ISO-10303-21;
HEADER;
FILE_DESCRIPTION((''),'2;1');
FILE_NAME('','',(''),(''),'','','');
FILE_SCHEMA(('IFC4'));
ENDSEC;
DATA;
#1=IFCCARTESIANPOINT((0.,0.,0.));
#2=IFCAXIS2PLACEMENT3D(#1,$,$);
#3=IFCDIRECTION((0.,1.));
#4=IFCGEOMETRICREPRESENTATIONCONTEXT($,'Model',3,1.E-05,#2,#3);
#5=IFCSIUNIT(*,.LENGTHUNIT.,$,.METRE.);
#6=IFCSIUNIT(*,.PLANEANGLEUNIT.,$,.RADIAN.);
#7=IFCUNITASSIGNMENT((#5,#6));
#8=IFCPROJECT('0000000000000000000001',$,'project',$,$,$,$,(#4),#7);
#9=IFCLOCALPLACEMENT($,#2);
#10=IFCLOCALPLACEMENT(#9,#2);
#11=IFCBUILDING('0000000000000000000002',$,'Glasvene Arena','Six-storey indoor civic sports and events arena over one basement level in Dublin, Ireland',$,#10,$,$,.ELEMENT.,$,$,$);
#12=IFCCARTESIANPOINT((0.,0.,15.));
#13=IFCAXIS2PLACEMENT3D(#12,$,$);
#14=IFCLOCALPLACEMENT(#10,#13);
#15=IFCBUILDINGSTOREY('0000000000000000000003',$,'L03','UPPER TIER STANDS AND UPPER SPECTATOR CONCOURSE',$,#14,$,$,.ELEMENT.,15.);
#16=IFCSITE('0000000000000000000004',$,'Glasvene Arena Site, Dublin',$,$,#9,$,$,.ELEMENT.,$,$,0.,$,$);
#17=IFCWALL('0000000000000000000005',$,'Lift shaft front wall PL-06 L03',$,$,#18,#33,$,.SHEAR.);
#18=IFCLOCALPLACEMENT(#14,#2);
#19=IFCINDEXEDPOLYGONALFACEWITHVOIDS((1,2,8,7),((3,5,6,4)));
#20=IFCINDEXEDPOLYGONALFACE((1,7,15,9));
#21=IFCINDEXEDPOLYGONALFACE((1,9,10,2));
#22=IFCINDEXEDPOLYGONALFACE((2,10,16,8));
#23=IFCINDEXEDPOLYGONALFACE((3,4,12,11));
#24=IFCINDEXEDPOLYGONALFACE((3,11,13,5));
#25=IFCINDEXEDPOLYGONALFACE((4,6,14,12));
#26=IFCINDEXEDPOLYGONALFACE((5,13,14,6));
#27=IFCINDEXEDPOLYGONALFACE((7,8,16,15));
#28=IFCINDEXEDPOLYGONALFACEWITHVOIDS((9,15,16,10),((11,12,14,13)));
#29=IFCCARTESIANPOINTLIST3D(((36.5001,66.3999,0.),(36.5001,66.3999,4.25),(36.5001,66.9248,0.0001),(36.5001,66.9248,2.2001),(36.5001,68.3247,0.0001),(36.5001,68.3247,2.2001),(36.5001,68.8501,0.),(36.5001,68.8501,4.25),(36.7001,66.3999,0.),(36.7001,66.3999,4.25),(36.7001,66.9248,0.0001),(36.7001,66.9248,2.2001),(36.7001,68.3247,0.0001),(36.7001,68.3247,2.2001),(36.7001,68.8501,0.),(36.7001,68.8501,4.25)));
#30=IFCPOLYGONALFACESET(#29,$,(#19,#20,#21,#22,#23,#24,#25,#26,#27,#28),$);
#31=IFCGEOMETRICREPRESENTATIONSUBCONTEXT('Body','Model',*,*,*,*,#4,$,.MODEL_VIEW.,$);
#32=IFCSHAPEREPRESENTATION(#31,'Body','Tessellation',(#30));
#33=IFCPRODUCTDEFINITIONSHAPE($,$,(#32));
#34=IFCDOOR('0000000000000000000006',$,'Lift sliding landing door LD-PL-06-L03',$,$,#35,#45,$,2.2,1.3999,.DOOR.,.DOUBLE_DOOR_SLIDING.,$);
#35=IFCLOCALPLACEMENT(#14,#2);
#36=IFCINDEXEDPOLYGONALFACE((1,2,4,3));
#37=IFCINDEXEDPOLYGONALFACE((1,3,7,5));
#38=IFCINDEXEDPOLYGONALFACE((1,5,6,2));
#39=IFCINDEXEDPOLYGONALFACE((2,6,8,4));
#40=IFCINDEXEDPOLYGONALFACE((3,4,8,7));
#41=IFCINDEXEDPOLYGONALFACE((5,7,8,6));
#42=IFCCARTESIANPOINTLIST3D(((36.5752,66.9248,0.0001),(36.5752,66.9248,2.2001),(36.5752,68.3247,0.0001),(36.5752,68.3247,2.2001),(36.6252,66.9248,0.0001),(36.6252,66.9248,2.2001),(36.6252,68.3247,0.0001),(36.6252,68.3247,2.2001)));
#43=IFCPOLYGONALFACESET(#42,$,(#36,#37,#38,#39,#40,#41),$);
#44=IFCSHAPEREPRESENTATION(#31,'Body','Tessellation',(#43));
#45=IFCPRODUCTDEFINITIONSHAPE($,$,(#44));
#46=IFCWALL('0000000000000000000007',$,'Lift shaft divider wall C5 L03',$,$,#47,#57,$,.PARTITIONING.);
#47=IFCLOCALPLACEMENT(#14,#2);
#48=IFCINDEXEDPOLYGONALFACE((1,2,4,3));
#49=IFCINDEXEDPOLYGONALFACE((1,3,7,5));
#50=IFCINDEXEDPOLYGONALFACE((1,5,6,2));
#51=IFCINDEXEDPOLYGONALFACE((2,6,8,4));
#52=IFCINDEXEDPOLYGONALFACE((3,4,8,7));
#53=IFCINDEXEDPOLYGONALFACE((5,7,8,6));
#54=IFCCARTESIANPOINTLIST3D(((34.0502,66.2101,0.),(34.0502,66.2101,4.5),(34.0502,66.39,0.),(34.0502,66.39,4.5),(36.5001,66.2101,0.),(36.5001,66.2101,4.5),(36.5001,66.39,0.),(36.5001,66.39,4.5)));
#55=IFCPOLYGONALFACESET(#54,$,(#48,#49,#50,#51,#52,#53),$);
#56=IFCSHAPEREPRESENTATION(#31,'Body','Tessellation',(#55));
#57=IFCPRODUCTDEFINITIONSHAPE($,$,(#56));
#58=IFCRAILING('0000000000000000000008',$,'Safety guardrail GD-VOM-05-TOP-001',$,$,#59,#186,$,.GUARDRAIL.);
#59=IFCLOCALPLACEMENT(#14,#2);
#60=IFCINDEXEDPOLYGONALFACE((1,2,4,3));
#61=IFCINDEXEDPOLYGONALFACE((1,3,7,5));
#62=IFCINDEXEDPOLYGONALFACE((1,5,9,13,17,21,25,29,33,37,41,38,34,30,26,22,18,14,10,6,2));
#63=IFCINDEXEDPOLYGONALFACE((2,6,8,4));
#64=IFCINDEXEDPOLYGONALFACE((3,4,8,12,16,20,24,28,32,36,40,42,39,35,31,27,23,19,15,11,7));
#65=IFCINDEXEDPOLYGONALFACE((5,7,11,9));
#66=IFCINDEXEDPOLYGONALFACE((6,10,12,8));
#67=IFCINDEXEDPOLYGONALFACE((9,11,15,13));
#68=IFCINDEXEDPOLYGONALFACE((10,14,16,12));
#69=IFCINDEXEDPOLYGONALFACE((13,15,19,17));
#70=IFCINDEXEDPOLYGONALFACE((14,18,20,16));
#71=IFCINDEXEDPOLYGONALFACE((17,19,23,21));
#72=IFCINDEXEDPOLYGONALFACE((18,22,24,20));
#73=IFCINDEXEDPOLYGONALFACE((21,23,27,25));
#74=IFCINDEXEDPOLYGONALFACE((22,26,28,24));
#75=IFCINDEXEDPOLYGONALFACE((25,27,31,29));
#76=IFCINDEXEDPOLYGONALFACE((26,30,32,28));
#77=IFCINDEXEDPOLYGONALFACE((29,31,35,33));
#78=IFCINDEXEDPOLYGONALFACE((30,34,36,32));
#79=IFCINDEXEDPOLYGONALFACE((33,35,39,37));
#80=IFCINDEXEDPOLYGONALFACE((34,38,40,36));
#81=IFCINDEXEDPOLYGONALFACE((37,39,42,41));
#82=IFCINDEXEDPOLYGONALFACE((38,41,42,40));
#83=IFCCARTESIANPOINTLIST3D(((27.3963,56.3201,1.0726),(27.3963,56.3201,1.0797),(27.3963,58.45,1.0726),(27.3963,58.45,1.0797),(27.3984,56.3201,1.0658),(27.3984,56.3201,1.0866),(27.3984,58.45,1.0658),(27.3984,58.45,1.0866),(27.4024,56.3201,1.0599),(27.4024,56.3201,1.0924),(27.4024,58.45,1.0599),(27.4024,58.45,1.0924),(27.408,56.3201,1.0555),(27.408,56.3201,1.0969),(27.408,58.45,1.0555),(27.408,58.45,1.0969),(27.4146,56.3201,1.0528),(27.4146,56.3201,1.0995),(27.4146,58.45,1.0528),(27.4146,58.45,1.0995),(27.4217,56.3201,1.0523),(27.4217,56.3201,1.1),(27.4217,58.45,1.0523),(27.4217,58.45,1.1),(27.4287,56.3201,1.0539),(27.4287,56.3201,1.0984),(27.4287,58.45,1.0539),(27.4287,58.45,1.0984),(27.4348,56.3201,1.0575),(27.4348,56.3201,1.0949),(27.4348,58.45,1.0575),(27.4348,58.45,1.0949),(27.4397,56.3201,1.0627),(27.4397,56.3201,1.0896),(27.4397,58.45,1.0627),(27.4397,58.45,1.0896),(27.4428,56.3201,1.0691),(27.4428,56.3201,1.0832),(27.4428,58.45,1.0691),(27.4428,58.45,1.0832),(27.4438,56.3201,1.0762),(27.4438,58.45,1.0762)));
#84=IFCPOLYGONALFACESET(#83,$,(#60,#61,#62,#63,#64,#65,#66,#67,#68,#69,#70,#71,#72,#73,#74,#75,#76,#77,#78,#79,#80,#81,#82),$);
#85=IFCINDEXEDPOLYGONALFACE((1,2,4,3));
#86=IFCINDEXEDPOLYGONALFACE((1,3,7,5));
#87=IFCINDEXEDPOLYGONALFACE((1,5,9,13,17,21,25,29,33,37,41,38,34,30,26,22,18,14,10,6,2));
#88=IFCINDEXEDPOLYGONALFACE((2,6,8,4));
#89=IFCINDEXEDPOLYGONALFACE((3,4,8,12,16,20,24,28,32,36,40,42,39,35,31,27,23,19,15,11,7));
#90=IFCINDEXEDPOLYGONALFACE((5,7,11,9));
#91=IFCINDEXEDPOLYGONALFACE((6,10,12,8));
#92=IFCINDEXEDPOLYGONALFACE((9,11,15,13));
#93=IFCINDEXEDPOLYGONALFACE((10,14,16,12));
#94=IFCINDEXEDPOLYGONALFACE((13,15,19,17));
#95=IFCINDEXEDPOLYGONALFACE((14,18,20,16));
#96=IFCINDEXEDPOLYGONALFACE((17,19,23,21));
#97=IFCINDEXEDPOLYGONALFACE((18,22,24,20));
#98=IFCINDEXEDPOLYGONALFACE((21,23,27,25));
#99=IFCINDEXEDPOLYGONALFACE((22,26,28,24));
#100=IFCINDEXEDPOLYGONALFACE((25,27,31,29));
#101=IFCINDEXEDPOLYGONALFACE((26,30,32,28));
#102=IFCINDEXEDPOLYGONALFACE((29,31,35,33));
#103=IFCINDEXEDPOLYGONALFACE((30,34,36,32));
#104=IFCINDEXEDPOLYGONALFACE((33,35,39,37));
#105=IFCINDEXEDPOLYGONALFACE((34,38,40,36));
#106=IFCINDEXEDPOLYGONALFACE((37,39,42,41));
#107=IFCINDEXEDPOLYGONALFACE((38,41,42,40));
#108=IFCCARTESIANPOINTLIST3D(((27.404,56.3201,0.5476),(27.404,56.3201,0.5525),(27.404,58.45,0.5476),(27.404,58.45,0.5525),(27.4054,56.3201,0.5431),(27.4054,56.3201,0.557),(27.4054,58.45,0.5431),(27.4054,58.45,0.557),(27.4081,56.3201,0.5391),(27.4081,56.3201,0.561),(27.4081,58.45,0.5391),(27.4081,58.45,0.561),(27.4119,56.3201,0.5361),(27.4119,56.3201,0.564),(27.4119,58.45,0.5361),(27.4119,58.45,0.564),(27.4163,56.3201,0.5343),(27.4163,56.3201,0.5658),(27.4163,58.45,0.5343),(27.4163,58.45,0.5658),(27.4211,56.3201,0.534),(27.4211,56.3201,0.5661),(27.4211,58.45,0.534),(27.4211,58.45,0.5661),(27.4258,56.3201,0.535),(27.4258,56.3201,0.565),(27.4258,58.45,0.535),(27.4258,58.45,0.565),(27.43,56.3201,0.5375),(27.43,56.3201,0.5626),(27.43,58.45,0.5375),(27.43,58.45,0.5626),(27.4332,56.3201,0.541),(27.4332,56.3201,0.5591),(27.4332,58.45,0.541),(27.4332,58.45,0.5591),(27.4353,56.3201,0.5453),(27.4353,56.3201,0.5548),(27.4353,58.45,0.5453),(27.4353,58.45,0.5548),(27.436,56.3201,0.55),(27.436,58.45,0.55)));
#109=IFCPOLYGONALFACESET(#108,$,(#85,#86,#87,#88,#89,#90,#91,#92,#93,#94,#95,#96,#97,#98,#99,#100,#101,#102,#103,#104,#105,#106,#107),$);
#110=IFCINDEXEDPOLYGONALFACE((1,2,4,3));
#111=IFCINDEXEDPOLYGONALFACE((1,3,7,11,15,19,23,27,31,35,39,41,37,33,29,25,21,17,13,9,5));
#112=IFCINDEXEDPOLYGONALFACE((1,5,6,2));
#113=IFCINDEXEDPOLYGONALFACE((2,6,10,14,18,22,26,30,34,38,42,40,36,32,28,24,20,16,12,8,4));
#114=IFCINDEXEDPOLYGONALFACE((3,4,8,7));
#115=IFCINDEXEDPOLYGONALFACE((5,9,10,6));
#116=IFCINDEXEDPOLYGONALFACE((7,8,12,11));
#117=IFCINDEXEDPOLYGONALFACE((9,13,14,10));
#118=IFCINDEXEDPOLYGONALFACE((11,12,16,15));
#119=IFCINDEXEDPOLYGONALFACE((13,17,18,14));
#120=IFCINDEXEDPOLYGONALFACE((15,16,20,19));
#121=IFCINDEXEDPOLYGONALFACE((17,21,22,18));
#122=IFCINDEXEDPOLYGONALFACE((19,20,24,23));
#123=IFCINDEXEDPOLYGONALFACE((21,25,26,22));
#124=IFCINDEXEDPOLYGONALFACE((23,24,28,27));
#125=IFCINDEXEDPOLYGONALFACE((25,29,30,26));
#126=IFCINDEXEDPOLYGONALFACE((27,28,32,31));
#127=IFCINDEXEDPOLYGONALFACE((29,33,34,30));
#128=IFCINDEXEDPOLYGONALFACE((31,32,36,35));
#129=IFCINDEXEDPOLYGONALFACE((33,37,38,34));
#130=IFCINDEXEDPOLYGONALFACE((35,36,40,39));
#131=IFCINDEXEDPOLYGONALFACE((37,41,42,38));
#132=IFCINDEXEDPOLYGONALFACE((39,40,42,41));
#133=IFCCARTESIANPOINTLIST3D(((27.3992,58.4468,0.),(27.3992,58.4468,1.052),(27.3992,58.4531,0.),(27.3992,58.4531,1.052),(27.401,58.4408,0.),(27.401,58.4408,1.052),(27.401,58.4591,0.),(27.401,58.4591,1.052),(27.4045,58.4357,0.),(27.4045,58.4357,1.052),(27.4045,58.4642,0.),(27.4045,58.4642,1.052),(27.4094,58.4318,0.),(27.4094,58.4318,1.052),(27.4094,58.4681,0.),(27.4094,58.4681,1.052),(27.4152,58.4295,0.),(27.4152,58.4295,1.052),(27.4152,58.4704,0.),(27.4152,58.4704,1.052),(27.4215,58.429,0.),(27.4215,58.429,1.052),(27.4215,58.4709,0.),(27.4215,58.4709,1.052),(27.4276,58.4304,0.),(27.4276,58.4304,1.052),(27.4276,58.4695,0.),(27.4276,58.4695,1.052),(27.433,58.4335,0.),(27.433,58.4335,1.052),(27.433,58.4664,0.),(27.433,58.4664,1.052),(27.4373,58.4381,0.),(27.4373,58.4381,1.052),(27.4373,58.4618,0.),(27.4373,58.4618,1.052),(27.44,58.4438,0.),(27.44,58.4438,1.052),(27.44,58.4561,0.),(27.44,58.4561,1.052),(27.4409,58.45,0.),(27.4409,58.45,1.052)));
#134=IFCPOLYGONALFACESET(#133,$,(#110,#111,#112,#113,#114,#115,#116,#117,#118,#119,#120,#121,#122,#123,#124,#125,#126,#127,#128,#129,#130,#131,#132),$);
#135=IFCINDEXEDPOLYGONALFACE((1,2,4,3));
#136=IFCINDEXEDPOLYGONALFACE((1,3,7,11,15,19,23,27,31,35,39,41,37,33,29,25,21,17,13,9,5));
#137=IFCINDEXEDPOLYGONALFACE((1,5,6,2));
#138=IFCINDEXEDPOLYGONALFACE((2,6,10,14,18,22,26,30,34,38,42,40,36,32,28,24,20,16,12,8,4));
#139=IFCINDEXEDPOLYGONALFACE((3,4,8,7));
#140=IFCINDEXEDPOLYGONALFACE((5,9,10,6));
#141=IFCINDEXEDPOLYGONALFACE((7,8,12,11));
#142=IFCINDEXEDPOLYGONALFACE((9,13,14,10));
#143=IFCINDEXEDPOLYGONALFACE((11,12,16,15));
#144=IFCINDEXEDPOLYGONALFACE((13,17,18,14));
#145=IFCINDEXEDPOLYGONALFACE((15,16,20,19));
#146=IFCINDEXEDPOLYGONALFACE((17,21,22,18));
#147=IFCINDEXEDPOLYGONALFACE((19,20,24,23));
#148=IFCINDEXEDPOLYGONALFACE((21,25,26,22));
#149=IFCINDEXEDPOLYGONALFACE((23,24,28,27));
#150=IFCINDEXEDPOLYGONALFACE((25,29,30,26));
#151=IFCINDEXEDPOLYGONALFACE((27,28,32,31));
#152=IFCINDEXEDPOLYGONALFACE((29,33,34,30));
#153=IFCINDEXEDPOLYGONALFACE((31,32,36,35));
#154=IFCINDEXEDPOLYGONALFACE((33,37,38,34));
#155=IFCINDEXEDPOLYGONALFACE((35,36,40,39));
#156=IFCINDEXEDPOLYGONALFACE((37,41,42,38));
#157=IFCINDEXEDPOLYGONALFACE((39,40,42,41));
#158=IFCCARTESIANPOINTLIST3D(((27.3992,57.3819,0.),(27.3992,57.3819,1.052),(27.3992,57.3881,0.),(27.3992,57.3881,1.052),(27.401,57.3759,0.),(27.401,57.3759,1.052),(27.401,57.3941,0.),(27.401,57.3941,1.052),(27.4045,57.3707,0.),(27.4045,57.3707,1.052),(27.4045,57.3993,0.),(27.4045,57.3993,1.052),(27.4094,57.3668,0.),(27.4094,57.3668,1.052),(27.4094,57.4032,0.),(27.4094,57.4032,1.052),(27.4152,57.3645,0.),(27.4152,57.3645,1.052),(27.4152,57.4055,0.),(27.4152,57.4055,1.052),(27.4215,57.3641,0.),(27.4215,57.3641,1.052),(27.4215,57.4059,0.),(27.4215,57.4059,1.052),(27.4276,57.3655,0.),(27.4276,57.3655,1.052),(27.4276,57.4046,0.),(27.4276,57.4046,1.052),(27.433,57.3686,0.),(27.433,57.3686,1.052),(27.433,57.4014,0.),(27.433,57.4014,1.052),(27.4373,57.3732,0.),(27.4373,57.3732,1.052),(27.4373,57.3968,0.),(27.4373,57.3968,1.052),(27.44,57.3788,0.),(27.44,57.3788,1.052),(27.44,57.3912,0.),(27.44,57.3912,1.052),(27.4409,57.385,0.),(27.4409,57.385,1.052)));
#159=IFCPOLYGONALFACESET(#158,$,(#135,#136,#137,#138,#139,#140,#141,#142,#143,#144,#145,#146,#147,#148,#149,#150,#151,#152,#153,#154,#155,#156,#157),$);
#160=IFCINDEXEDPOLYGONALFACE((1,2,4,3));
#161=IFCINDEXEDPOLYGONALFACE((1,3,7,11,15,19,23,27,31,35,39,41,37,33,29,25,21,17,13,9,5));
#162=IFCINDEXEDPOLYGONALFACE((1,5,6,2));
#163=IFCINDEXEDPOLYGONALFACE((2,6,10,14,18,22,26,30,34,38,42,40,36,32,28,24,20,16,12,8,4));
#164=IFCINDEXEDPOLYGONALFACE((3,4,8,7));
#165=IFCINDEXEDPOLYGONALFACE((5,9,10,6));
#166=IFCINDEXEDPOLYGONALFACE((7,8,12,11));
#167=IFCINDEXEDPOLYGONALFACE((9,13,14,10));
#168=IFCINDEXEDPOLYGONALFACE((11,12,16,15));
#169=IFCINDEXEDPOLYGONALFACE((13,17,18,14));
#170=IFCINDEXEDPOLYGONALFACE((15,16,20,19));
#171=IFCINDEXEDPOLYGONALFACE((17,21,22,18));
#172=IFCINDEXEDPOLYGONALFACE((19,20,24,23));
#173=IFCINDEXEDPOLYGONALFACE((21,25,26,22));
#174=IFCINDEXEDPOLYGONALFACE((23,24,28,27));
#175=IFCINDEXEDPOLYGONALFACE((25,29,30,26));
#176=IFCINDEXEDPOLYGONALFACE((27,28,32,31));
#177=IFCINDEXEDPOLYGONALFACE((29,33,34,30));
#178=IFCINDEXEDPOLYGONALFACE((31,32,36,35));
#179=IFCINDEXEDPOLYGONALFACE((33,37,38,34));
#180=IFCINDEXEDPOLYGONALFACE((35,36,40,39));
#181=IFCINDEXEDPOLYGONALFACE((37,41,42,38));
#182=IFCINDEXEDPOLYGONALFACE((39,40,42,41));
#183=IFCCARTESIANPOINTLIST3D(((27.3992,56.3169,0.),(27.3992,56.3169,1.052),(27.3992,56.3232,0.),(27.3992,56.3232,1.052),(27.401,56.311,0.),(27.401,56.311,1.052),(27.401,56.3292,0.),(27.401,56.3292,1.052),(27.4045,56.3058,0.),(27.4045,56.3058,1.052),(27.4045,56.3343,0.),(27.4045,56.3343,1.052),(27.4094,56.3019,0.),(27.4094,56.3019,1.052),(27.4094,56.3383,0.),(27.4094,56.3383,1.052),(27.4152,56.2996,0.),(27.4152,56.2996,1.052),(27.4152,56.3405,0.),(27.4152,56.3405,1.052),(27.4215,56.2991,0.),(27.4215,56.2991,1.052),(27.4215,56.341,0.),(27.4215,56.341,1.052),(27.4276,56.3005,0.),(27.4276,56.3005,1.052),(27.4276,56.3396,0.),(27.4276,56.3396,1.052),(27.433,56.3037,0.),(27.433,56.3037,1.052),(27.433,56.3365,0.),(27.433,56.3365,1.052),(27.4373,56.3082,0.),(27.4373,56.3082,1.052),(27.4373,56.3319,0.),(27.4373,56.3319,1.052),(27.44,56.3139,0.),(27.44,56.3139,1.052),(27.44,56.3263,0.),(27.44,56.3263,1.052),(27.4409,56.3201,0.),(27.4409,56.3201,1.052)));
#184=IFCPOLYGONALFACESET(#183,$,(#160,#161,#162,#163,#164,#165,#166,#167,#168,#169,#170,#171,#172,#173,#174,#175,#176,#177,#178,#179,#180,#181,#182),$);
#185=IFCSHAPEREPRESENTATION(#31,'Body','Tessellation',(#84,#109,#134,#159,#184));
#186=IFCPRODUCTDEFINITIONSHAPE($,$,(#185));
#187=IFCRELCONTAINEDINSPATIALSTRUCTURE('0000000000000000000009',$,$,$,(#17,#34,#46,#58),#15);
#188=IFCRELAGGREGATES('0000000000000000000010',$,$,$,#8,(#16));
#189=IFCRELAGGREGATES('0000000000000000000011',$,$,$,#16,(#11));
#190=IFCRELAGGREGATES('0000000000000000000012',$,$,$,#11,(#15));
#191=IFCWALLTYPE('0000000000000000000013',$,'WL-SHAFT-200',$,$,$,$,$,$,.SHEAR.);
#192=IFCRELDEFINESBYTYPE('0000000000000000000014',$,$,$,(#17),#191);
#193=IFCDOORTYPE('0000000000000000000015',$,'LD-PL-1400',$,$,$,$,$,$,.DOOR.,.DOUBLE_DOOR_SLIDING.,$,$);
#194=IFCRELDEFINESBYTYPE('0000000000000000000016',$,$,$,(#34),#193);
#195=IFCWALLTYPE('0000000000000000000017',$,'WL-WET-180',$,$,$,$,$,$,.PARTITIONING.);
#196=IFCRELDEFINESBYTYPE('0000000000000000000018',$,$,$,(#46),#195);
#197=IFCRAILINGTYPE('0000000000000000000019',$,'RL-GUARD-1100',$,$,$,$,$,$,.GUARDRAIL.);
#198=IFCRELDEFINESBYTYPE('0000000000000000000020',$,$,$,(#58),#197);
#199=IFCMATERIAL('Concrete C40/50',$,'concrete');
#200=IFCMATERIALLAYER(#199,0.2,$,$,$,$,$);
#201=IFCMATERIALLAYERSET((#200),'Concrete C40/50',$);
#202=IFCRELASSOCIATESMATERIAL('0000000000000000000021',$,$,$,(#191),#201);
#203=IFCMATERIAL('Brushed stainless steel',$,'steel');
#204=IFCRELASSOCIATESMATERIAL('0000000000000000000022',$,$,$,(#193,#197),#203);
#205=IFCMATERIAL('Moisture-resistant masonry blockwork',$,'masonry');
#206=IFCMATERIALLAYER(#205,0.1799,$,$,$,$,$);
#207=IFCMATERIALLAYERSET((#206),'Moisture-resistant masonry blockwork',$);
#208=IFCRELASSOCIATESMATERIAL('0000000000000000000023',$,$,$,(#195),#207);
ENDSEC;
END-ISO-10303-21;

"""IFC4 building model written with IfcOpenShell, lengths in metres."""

from ifc_helpers import new_model, si_unit, direction, frame, frame_2d, origin, origin_2d, place, context, subcontext, project, spatial, rectangle, circle, extrude, material, layer, layer_set, type_object, element, fill, save


model = new_model("IFC4")

# Units and contexts
model_context = context("Model", 3, precision=1e-05, world=origin(), true_north=direction((0.0, 1.0)))
body_context = subcontext(model_context, "Body", "Model", "MODEL_VIEW")
ifc_project = project(units=[si_unit("LENGTHUNIT", "METRE"), si_unit("PLANEANGLEUNIT", "RADIAN")], contexts=[model_context])

# Site, building, storey
site_placement = place(None, origin())
site = spatial("IfcSite", under=ifc_project, at=site_placement, Name="Glasvene Arena Site, Dublin", CompositionType="ELEMENT", RefElevation=0.0)
building_placement = place(site_placement, origin())
building = spatial("IfcBuilding", under=site, at=building_placement, Name="Glasvene Arena", Description="Six-storey indoor civic sports and events arena over one basement level in Dublin, Ireland", CompositionType="ELEMENT")
storey_placement = place(building_placement, frame((0.0, 0.0, 15.0)))
storey = spatial("IfcBuildingStorey", under=building, at=storey_placement, Name="L03", Description="UPPER TIER STANDS AND UPPER SPECTATOR CONCOURSE", CompositionType="ELEMENT", Elevation=15.0)

# Shared definitions
ifc_material_1 = material(Name="Concrete C40/50", Category="concrete")

# Wall, opening, door
ifc_layer_1 = layer(ifc_material_1, 0.2)
ifc_layer_set_1 = layer_set([ifc_layer_1], Name="Concrete C40/50")
wall_type_1 = type_object("IfcWallType", Name="WL-SHAFT-200", PredefinedType="SHEAR", material=ifc_layer_set_1)
ifc_material_2 = material(Name="Brushed stainless steel", Category="steel")
door_type = type_object("IfcDoorType", Name="LD-PL-1400", OperationType="DOUBLE_DOOR_SLIDING", PredefinedType="DOOR", material=ifc_material_2)
wall_1_placement = place(storey_placement, frame((36.6001, 66.3999, 0.0), z_axis=(0.0, 0.0, 1.0), x_axis=(0.0, 1.0, 0.0)))
wall_1 = element("IfcWall", 1, at=wall_1_placement, inside=storey, type_object=wall_type_1, Name="Lift shaft front wall PL-06 L03", PredefinedType="SHEAR", context=body_context, shape_type="SweptSolid", body=[
    extrude(rectangle(XDim=2.4502, YDim=0.2, at=frame_2d((1.2251, 0.0))), origin(), (0.0, 0.0, 1.0), 4.25),
])
opening_1_placement = place(wall_1_placement, frame((0.5249, 0.0, 0.0)))
opening_1 = element("IfcOpeningElement", 2, at=opening_1_placement, cuts=wall_1, PredefinedType="OPENING", context=body_context, shape_type="SweptSolid", body=[
    extrude(rectangle(XDim=1.3999, YDim=2.2, at=frame_2d((0.7, 1.1001))), frame((0.0, 0.1099, 0.0), z_axis=(0.0, -1.0, 0.0), x_axis=(1.0, 0.0, 0.0)), (0.0, 0.0, 1.0), 0.22),
])
door_1_placement = place(opening_1_placement, origin())
door_1 = element("IfcDoor", 3, at=door_1_placement, inside=storey, type_object=door_type, Name="Lift sliding landing door LD-PL-06-L03", OperationType="DOUBLE_DOOR_SLIDING", OverallHeight=2.2, OverallWidth=1.3999, PredefinedType="DOOR", context=body_context, shape_type="SweptSolid", body=[
    extrude(rectangle(XDim=1.3999, YDim=2.2, at=frame_2d((0.7, 1.1001))), frame((0.0, 0.0249, 0.0), z_axis=(0.0, -1.0, 0.0), x_axis=(1.0, 0.0, 0.0)), (0.0, 0.0, 1.0), 0.05),
])
fill(opening_1, door_1)

# Wall
ifc_material_3 = material(Name="Moisture-resistant masonry blockwork", Category="masonry")
ifc_layer_2 = layer(ifc_material_3, 0.1799)
ifc_layer_set_2 = layer_set([ifc_layer_2], Name="Moisture-resistant masonry blockwork")
wall_type_2 = type_object("IfcWallType", Name="WL-WET-180", PredefinedType="PARTITIONING", material=ifc_layer_set_2)
wall_2_placement = place(storey_placement, frame((34.05, 66.3, 0.0), z_axis=(0.0, 0.0, 1.0), x_axis=(1.0, 0.0, 0.0)))
element("IfcWall", 4, at=wall_2_placement, inside=storey, type_object=wall_type_2, Name="Lift shaft divider wall C5 L03", PredefinedType="PARTITIONING", context=body_context, shape_type="SweptSolid", body=[
    extrude(rectangle(XDim=2.45, YDim=0.1799, at=frame_2d((1.2251, 0.0))), origin(), (0.0, 0.0, 1.0), 4.5),
])

# Railing
railing_type = type_object("IfcRailingType", Name="RL-GUARD-1100", PredefinedType="GUARDRAIL", material=ifc_material_2)
railing_1_placement = place(storey_placement, frame((27.4199, 58.45, 0.0)))
element("IfcRailing", 5, at=railing_1_placement, inside=storey, type_object=railing_type, Name="Safety guardrail GD-VOM-05-TOP-001", PredefinedType="GUARDRAIL", context=body_context, shape_type="SweptSolid", body=[
    extrude(circle(Radius=0.0239, at=origin_2d()), frame((0.0, 0.0, 1.0762), z_axis=(0.0, -1.0, 0.0), x_axis=(1.0, 0.0, 0.0)), (0.0, 0.0, 1.0), 2.1299),
    extrude(circle(Radius=0.0161, at=origin_2d()), frame((0.0, 0.0, 0.55), z_axis=(0.0, -1.0, 0.0), x_axis=(1.0, 0.0, 0.0)), (0.0, 0.0, 1.0), 2.1299),
    extrude(circle(Radius=0.021, at=origin_2d()), origin(), (0.0, 0.0, 1.0), 1.052),
    extrude(circle(Radius=0.021, at=origin_2d()), frame((0.0, -1.0649, 0.0)), (0.0, 0.0, 1.0), 1.052),
    extrude(circle(Radius=0.021, at=origin_2d()), frame((0.0, -2.1299, 0.0)), (0.0, 0.0, 1.0), 1.052),
])

save(model, "model.ifc")
